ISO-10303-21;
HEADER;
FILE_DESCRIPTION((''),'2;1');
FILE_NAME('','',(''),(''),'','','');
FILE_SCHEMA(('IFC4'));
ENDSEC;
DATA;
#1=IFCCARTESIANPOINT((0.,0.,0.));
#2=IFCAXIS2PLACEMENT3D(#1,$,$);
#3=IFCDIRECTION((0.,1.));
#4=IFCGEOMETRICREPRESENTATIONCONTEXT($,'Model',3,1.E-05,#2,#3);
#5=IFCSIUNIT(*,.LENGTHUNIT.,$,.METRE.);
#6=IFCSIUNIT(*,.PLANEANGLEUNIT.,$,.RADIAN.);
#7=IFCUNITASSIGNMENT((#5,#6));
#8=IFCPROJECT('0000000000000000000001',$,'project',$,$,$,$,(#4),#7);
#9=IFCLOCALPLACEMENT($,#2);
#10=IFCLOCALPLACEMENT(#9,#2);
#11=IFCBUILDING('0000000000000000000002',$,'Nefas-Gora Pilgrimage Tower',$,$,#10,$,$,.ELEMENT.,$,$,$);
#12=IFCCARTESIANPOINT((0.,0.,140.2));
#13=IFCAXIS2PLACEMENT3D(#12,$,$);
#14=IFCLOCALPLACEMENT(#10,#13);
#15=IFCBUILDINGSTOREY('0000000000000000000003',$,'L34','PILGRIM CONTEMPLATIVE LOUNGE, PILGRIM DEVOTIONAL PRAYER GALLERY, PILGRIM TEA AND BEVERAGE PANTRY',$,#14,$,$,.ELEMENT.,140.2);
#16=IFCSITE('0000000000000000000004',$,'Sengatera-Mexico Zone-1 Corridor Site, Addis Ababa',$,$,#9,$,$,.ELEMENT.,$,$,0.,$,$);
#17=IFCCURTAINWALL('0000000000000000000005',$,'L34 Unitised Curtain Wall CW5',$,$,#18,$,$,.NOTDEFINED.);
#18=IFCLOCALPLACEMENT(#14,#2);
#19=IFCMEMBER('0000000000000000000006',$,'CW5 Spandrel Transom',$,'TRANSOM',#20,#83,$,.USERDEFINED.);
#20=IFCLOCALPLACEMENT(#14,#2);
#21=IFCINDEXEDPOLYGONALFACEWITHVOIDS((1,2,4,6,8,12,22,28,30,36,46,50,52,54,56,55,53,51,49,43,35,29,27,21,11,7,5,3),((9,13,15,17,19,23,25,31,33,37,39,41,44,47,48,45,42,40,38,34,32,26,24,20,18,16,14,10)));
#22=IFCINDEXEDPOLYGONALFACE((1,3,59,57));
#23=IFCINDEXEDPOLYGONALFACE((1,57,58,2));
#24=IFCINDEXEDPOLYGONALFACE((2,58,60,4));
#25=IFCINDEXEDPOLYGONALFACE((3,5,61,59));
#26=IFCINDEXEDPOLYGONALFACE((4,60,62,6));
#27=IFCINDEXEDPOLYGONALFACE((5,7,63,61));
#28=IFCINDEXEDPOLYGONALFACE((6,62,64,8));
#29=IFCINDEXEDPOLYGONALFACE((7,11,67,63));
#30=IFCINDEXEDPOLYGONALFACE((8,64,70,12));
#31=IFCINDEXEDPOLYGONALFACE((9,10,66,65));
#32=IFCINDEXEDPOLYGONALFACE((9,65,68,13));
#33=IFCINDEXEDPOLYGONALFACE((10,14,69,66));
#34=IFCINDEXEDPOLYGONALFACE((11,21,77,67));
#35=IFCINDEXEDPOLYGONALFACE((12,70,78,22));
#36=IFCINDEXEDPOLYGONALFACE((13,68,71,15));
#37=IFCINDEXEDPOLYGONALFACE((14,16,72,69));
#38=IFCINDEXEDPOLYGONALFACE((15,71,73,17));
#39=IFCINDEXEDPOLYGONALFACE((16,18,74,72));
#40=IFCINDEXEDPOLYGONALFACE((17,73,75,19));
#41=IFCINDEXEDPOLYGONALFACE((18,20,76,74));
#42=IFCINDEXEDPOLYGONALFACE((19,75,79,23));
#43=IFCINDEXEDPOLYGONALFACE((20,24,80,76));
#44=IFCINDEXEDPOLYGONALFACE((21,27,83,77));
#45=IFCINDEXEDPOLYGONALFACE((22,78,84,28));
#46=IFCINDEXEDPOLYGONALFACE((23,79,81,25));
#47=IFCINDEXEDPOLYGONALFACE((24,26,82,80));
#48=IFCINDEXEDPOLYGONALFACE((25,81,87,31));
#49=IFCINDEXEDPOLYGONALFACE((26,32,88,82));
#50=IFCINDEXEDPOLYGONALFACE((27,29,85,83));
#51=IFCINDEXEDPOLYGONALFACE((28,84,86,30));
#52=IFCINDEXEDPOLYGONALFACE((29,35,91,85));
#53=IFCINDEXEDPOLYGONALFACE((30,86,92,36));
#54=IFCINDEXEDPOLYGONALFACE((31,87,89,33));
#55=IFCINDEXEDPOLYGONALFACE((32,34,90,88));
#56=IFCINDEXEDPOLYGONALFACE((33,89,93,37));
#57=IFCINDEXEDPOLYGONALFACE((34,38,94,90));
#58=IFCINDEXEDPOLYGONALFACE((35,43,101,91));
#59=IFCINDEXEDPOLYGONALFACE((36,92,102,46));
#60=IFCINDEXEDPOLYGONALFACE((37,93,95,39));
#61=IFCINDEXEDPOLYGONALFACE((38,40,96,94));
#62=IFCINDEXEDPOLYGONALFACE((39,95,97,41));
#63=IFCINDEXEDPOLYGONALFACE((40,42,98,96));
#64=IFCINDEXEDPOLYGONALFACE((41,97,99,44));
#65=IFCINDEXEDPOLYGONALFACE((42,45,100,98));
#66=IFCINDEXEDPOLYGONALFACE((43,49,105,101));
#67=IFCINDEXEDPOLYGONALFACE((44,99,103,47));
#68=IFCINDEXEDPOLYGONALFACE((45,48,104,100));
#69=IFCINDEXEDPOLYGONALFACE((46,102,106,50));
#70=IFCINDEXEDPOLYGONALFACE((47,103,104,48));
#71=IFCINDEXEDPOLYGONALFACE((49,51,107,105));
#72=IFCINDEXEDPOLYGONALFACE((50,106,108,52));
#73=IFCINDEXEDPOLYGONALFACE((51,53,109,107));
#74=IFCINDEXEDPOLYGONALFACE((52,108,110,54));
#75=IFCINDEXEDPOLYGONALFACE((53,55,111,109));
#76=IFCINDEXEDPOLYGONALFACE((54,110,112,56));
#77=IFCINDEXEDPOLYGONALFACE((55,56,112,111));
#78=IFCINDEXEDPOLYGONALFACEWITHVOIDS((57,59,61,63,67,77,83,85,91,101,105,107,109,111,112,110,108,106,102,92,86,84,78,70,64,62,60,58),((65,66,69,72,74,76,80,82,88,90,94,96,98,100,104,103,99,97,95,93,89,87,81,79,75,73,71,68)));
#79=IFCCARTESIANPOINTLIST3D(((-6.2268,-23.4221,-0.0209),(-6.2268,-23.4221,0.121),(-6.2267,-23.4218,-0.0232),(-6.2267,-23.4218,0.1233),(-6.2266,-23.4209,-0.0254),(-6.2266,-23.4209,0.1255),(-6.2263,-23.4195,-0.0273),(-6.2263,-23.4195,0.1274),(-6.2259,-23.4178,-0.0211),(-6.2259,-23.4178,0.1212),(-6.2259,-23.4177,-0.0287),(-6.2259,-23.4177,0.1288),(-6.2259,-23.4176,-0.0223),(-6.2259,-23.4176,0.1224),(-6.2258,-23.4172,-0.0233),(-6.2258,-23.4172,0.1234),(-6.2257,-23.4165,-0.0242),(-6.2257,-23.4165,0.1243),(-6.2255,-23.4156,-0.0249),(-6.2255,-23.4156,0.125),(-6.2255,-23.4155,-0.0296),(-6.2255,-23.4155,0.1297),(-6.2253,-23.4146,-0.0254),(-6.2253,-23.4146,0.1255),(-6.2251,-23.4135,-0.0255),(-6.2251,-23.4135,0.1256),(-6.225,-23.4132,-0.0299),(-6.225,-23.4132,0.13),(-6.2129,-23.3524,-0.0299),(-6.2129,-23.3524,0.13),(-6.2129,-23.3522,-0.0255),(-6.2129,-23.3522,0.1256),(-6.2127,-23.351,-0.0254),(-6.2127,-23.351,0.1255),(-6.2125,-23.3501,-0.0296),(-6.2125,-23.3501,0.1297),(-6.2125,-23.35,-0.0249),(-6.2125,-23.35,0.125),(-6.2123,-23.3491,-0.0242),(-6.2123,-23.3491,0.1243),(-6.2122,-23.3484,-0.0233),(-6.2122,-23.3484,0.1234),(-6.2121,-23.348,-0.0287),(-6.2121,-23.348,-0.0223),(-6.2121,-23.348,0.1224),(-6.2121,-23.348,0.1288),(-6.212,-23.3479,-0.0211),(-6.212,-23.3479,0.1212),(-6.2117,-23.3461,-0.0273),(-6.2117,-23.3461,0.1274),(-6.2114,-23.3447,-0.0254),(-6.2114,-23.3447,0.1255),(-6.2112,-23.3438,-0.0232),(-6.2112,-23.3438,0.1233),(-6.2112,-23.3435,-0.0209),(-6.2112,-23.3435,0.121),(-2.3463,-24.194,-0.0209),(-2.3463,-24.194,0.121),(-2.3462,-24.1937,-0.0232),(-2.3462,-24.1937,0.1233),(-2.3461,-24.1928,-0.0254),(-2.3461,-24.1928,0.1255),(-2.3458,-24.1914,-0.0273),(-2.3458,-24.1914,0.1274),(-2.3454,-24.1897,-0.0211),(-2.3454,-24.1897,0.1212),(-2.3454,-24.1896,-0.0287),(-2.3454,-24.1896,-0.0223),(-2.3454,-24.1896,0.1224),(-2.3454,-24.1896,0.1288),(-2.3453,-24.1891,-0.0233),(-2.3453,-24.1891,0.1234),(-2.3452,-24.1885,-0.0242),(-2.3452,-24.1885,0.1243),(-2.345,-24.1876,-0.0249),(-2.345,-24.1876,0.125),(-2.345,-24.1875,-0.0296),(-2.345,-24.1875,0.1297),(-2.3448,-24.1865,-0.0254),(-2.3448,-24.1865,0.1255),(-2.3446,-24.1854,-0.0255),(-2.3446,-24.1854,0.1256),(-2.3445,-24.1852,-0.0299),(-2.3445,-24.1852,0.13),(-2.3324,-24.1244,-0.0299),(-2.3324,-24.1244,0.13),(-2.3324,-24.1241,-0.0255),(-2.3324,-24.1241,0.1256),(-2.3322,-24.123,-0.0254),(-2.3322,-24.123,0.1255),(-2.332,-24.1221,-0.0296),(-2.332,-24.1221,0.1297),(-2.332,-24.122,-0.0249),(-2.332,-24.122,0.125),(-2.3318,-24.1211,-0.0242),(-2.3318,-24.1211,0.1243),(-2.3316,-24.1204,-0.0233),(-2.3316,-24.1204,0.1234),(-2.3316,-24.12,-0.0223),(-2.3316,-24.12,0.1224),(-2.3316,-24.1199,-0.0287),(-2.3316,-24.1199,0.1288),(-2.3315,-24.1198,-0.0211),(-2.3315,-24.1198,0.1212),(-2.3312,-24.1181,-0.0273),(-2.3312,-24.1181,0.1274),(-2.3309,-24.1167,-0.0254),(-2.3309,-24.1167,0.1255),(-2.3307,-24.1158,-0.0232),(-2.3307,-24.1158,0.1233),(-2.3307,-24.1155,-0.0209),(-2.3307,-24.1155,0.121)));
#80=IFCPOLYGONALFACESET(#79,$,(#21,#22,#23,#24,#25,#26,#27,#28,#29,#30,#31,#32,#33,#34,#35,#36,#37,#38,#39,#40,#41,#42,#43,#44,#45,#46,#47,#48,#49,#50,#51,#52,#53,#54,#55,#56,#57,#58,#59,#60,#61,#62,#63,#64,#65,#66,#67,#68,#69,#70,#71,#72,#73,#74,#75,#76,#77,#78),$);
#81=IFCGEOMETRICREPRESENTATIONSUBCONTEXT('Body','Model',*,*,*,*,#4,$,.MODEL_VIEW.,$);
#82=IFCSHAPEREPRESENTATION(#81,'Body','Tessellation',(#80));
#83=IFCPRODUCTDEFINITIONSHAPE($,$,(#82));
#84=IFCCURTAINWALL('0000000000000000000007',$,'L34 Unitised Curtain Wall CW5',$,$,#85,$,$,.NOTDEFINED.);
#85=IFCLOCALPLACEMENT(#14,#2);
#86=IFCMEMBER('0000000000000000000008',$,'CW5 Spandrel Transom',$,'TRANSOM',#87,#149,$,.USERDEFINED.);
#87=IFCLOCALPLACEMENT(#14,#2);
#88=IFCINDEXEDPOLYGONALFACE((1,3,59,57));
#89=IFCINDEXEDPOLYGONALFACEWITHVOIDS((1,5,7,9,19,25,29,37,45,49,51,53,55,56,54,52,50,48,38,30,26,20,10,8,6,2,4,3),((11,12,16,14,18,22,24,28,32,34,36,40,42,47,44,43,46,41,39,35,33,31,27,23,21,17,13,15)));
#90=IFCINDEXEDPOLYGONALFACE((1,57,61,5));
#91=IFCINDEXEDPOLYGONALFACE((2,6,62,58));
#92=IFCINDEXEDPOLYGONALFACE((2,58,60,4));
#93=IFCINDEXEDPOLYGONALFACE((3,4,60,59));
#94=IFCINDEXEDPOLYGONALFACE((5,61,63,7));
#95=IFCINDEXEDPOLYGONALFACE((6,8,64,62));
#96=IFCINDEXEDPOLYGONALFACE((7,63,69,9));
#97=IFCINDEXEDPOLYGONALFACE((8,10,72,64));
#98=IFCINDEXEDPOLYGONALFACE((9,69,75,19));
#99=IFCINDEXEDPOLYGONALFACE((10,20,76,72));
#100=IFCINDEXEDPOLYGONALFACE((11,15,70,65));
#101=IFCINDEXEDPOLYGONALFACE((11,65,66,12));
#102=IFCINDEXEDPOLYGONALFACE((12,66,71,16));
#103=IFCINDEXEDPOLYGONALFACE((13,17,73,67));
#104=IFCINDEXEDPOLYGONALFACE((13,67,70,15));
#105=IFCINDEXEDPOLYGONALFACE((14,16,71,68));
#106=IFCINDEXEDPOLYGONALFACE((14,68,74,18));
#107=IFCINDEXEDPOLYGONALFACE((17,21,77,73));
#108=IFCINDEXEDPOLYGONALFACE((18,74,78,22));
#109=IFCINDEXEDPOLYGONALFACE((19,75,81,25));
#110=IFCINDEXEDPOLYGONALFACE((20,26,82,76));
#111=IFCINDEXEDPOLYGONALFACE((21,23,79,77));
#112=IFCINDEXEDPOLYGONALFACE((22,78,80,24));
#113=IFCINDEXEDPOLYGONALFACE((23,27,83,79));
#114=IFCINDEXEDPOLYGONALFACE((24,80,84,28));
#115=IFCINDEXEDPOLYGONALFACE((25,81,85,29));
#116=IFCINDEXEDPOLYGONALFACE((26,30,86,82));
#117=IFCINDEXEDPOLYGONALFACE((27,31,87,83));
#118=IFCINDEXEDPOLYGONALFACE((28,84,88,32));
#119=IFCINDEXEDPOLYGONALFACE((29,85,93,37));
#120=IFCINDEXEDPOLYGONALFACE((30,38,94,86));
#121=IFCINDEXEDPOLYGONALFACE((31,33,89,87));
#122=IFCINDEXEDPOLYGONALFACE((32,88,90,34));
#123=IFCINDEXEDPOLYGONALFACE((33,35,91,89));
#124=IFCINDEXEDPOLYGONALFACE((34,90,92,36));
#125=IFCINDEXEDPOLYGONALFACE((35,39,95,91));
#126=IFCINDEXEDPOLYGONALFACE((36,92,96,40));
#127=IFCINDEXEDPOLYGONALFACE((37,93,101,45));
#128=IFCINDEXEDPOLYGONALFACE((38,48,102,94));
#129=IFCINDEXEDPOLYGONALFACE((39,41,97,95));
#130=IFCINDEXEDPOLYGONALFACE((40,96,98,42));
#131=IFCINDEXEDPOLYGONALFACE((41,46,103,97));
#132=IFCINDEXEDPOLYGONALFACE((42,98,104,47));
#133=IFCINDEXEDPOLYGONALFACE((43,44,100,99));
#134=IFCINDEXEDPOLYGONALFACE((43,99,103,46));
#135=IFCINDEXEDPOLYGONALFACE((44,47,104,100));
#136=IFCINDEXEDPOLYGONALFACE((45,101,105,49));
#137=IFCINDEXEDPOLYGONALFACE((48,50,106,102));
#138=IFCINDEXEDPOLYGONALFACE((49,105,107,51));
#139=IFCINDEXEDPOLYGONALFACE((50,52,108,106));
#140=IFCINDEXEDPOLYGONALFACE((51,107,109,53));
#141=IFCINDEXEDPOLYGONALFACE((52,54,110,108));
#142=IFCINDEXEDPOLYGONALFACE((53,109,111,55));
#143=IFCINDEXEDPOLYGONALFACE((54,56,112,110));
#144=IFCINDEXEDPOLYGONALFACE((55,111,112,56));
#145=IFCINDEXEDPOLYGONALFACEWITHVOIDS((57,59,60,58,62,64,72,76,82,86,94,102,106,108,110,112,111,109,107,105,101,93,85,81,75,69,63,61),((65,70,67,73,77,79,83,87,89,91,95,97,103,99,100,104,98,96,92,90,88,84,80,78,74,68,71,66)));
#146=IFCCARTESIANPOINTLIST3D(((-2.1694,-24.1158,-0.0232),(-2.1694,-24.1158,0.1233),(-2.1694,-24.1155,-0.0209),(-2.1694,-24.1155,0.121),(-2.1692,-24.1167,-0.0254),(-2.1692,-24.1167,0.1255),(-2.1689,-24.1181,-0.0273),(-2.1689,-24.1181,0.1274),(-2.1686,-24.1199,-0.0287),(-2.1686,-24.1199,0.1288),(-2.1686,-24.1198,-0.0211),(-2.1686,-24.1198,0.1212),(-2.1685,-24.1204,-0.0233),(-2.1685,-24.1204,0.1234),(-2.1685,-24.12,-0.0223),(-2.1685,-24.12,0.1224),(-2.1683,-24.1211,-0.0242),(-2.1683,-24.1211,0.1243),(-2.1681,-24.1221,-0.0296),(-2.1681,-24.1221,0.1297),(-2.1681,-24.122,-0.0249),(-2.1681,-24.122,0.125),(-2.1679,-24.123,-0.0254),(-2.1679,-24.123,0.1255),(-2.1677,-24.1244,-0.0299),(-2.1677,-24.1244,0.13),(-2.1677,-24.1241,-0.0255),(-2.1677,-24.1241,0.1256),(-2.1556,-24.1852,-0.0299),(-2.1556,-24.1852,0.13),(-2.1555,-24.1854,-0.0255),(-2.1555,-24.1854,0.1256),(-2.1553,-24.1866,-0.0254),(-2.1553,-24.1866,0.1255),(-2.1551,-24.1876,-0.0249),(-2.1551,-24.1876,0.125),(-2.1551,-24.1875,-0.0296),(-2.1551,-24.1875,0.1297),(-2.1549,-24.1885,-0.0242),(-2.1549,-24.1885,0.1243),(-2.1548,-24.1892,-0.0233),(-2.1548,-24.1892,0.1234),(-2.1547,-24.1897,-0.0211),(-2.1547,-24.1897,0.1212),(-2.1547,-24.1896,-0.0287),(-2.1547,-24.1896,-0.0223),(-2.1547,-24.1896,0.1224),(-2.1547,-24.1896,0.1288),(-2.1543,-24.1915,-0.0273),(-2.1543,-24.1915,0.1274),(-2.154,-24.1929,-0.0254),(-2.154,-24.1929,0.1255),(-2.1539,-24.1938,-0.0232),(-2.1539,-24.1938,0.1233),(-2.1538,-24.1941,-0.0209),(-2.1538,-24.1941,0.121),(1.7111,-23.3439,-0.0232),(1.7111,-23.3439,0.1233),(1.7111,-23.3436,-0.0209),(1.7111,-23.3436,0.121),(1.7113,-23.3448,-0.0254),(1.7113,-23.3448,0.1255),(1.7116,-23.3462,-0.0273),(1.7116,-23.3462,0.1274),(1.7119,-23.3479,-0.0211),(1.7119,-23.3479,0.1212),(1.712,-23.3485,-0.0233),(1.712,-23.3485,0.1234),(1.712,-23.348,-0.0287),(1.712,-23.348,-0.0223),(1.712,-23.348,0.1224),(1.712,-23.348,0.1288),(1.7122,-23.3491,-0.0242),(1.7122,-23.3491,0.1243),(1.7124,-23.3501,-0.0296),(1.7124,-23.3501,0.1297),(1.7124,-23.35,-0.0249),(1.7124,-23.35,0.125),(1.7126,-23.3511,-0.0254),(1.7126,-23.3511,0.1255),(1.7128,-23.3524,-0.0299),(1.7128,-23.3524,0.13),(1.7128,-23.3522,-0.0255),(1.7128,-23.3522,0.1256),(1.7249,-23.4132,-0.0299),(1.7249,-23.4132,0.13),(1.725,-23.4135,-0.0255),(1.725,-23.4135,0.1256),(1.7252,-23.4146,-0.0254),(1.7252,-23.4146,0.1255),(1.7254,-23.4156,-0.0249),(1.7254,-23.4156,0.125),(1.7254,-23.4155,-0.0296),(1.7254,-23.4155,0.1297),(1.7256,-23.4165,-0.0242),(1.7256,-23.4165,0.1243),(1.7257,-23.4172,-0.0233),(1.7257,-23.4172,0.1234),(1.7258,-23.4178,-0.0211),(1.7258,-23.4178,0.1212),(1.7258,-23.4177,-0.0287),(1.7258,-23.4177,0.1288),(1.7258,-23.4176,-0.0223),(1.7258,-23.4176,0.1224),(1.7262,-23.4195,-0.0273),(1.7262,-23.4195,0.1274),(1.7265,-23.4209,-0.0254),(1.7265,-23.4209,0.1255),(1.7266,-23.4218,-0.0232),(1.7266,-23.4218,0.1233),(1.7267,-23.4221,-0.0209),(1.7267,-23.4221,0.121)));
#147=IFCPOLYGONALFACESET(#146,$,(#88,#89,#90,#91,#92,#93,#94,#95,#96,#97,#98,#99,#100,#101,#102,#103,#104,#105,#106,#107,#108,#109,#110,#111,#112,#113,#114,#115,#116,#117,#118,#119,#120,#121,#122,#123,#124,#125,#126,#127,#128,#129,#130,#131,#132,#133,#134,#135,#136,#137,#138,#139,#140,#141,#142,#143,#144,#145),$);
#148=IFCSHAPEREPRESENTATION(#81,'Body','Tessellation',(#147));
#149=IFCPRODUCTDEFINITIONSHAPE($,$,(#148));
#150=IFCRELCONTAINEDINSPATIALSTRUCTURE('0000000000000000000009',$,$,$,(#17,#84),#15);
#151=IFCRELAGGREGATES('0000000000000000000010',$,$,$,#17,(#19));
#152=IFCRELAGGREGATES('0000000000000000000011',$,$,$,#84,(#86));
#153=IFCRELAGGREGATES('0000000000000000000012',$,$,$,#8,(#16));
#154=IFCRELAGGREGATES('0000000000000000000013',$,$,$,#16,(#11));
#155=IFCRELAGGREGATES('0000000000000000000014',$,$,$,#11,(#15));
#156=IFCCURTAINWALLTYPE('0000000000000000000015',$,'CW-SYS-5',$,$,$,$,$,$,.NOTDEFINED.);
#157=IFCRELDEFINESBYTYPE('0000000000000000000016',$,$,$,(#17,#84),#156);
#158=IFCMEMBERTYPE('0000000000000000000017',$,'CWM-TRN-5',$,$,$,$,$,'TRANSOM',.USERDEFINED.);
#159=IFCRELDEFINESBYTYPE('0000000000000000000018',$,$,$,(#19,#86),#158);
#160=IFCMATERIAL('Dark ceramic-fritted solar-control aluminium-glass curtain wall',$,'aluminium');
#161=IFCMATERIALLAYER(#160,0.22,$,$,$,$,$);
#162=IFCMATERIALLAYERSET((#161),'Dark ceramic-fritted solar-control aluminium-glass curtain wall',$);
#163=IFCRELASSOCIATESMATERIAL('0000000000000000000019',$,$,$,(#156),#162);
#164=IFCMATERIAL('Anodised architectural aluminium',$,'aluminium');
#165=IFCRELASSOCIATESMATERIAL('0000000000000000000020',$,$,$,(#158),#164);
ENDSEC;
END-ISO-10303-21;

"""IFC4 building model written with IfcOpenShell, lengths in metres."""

from ifc_helpers import new_model, si_unit, direction, frame, origin, origin_2d, place, context, subcontext, project, spatial, hollow_rectangle, extrude, source, transform, mapped, material, layer, layer_set, material_profile, profile_set, type_object, element, aggregate, save


model = new_model("IFC4")

# Units and contexts
model_context = context("Model", 3, precision=1e-05, world=origin(), true_north=direction((0.0, 1.0)))
body_context = subcontext(model_context, "Body", "Model", "MODEL_VIEW")
ifc_project = project(units=[si_unit("LENGTHUNIT", "METRE"), si_unit("PLANEANGLEUNIT", "RADIAN")], contexts=[model_context])

# Site, building, storey
site_placement = place(None, origin())
site = spatial("IfcSite", under=ifc_project, at=site_placement, Name="Sengatera-Mexico Zone-1 Corridor Site, Addis Ababa", CompositionType="ELEMENT", RefElevation=0.0)
building_placement = place(site_placement, origin())
building = spatial("IfcBuilding", under=site, at=building_placement, Name="Nefas-Gora Pilgrimage Tower", CompositionType="ELEMENT")
storey_placement = place(building_placement, frame((0.0, 0.0, 140.2)))
storey = spatial("IfcBuildingStorey", under=building, at=storey_placement, Name="L34", Description="PILGRIM CONTEMPLATIVE LOUNGE, PILGRIM DEVOTIONAL PRAYER GALLERY, PILGRIM TEA AND BEVERAGE PANTRY", CompositionType="ELEMENT", Elevation=140.2)

# Curtain walls, members
ifc_material_1 = material(Name="Dark ceramic-fritted solar-control aluminium-glass curtain wall", Category="aluminium")
ifc_layer_1 = layer(ifc_material_1, 0.22)
ifc_layer_set_1 = layer_set([ifc_layer_1], Name="Dark ceramic-fritted solar-control aluminium-glass curtain wall")
curtain_wall_type = type_object("IfcCurtainWallType", Name="CW-SYS-5", PredefinedType="NOTDEFINED", material=ifc_layer_set_1)
curtain_wall_1_placement = place(storey_placement, origin())
curtain_wall_1 = element("IfcCurtainWall", 1, at=curtain_wall_1_placement, inside=storey, type_object=curtain_wall_type, Name="L34 Unitised Curtain Wall CW5", PredefinedType="NOTDEFINED")
ifc_material_2 = material(Name="Anodised architectural aluminium", Category="aluminium")
ifc_material_profile_1 = material_profile(ifc_material_2, hollow_rectangle(XDim=0.0801, YDim=0.1599, WallThickness=0.0044, InnerFilletRadius=0.0044, OuterFilletRadius=0.009, at=origin_2d()), Name="ALU TRANSOM 80x160")
ifc_profile_set_1 = profile_set([ifc_material_profile_1], Name="Anodised architectural aluminium")
member_type_1 = type_object("IfcMemberType", Name="CWM-TRN-5", ElementType="TRANSOM", PredefinedType="USERDEFINED", material=ifc_profile_set_1)
shared_shape_1 = source(origin(), body_context, "Body", "SweptSolid", [
    extrude(hollow_rectangle(XDim=0.0801, YDim=0.1599, WallThickness=0.0044, InnerFilletRadius=0.0044, OuterFilletRadius=0.009, at=origin_2d()), origin(), (0.0, 0.0, 1.0), 3.9565),
])
member_1_placement = place(storey_placement, frame((-6.219, -23.3828, 0.05), z_axis=(0.980782, -0.195107, 0.0), x_axis=(0.195107, 0.980782, 0.0)))
member_1 = element("IfcMember", 2, at=member_1_placement, type_object=member_type_1, Name="CW5 Spandrel Transom", ObjectType="TRANSOM", PredefinedType="USERDEFINED", context=body_context, shape_type="MappedRepresentation", body=[
    mapped(shared_shape_1, transform((0.0, 0.0, 0.0), x_axis=(1.0, 0.0, 0.0), y_axis=(0.0, 1.0, 0.0), z_axis=(0.0, 0.0, 1.0), scale=1.0)),
])
curtain_wall_2_placement = place(storey_placement, origin())
curtain_wall_2 = element("IfcCurtainWall", 3, at=curtain_wall_2_placement, inside=storey, type_object=curtain_wall_type, Name="L34 Unitised Curtain Wall CW5", PredefinedType="NOTDEFINED")
member_2_placement = place(storey_placement, frame((-2.1616, -24.1548, 0.05), z_axis=(0.980782, 0.195107, 0.0), x_axis=(-0.195107, 0.980782, 0.0)))
member_2 = element("IfcMember", 4, at=member_2_placement, type_object=member_type_1, Name="CW5 Spandrel Transom", ObjectType="TRANSOM", PredefinedType="USERDEFINED", context=body_context, shape_type="MappedRepresentation", body=[
    mapped(shared_shape_1, transform((0.0, 0.0, 0.0), x_axis=(1.0, 0.0, 0.0), y_axis=(0.0, 1.0, 0.0), z_axis=(0.0, 0.0, 1.0), scale=1.0)),
])

aggregate(curtain_wall_1, [member_1])
aggregate(curtain_wall_2, [member_2])

save(model, "model.ifc")
